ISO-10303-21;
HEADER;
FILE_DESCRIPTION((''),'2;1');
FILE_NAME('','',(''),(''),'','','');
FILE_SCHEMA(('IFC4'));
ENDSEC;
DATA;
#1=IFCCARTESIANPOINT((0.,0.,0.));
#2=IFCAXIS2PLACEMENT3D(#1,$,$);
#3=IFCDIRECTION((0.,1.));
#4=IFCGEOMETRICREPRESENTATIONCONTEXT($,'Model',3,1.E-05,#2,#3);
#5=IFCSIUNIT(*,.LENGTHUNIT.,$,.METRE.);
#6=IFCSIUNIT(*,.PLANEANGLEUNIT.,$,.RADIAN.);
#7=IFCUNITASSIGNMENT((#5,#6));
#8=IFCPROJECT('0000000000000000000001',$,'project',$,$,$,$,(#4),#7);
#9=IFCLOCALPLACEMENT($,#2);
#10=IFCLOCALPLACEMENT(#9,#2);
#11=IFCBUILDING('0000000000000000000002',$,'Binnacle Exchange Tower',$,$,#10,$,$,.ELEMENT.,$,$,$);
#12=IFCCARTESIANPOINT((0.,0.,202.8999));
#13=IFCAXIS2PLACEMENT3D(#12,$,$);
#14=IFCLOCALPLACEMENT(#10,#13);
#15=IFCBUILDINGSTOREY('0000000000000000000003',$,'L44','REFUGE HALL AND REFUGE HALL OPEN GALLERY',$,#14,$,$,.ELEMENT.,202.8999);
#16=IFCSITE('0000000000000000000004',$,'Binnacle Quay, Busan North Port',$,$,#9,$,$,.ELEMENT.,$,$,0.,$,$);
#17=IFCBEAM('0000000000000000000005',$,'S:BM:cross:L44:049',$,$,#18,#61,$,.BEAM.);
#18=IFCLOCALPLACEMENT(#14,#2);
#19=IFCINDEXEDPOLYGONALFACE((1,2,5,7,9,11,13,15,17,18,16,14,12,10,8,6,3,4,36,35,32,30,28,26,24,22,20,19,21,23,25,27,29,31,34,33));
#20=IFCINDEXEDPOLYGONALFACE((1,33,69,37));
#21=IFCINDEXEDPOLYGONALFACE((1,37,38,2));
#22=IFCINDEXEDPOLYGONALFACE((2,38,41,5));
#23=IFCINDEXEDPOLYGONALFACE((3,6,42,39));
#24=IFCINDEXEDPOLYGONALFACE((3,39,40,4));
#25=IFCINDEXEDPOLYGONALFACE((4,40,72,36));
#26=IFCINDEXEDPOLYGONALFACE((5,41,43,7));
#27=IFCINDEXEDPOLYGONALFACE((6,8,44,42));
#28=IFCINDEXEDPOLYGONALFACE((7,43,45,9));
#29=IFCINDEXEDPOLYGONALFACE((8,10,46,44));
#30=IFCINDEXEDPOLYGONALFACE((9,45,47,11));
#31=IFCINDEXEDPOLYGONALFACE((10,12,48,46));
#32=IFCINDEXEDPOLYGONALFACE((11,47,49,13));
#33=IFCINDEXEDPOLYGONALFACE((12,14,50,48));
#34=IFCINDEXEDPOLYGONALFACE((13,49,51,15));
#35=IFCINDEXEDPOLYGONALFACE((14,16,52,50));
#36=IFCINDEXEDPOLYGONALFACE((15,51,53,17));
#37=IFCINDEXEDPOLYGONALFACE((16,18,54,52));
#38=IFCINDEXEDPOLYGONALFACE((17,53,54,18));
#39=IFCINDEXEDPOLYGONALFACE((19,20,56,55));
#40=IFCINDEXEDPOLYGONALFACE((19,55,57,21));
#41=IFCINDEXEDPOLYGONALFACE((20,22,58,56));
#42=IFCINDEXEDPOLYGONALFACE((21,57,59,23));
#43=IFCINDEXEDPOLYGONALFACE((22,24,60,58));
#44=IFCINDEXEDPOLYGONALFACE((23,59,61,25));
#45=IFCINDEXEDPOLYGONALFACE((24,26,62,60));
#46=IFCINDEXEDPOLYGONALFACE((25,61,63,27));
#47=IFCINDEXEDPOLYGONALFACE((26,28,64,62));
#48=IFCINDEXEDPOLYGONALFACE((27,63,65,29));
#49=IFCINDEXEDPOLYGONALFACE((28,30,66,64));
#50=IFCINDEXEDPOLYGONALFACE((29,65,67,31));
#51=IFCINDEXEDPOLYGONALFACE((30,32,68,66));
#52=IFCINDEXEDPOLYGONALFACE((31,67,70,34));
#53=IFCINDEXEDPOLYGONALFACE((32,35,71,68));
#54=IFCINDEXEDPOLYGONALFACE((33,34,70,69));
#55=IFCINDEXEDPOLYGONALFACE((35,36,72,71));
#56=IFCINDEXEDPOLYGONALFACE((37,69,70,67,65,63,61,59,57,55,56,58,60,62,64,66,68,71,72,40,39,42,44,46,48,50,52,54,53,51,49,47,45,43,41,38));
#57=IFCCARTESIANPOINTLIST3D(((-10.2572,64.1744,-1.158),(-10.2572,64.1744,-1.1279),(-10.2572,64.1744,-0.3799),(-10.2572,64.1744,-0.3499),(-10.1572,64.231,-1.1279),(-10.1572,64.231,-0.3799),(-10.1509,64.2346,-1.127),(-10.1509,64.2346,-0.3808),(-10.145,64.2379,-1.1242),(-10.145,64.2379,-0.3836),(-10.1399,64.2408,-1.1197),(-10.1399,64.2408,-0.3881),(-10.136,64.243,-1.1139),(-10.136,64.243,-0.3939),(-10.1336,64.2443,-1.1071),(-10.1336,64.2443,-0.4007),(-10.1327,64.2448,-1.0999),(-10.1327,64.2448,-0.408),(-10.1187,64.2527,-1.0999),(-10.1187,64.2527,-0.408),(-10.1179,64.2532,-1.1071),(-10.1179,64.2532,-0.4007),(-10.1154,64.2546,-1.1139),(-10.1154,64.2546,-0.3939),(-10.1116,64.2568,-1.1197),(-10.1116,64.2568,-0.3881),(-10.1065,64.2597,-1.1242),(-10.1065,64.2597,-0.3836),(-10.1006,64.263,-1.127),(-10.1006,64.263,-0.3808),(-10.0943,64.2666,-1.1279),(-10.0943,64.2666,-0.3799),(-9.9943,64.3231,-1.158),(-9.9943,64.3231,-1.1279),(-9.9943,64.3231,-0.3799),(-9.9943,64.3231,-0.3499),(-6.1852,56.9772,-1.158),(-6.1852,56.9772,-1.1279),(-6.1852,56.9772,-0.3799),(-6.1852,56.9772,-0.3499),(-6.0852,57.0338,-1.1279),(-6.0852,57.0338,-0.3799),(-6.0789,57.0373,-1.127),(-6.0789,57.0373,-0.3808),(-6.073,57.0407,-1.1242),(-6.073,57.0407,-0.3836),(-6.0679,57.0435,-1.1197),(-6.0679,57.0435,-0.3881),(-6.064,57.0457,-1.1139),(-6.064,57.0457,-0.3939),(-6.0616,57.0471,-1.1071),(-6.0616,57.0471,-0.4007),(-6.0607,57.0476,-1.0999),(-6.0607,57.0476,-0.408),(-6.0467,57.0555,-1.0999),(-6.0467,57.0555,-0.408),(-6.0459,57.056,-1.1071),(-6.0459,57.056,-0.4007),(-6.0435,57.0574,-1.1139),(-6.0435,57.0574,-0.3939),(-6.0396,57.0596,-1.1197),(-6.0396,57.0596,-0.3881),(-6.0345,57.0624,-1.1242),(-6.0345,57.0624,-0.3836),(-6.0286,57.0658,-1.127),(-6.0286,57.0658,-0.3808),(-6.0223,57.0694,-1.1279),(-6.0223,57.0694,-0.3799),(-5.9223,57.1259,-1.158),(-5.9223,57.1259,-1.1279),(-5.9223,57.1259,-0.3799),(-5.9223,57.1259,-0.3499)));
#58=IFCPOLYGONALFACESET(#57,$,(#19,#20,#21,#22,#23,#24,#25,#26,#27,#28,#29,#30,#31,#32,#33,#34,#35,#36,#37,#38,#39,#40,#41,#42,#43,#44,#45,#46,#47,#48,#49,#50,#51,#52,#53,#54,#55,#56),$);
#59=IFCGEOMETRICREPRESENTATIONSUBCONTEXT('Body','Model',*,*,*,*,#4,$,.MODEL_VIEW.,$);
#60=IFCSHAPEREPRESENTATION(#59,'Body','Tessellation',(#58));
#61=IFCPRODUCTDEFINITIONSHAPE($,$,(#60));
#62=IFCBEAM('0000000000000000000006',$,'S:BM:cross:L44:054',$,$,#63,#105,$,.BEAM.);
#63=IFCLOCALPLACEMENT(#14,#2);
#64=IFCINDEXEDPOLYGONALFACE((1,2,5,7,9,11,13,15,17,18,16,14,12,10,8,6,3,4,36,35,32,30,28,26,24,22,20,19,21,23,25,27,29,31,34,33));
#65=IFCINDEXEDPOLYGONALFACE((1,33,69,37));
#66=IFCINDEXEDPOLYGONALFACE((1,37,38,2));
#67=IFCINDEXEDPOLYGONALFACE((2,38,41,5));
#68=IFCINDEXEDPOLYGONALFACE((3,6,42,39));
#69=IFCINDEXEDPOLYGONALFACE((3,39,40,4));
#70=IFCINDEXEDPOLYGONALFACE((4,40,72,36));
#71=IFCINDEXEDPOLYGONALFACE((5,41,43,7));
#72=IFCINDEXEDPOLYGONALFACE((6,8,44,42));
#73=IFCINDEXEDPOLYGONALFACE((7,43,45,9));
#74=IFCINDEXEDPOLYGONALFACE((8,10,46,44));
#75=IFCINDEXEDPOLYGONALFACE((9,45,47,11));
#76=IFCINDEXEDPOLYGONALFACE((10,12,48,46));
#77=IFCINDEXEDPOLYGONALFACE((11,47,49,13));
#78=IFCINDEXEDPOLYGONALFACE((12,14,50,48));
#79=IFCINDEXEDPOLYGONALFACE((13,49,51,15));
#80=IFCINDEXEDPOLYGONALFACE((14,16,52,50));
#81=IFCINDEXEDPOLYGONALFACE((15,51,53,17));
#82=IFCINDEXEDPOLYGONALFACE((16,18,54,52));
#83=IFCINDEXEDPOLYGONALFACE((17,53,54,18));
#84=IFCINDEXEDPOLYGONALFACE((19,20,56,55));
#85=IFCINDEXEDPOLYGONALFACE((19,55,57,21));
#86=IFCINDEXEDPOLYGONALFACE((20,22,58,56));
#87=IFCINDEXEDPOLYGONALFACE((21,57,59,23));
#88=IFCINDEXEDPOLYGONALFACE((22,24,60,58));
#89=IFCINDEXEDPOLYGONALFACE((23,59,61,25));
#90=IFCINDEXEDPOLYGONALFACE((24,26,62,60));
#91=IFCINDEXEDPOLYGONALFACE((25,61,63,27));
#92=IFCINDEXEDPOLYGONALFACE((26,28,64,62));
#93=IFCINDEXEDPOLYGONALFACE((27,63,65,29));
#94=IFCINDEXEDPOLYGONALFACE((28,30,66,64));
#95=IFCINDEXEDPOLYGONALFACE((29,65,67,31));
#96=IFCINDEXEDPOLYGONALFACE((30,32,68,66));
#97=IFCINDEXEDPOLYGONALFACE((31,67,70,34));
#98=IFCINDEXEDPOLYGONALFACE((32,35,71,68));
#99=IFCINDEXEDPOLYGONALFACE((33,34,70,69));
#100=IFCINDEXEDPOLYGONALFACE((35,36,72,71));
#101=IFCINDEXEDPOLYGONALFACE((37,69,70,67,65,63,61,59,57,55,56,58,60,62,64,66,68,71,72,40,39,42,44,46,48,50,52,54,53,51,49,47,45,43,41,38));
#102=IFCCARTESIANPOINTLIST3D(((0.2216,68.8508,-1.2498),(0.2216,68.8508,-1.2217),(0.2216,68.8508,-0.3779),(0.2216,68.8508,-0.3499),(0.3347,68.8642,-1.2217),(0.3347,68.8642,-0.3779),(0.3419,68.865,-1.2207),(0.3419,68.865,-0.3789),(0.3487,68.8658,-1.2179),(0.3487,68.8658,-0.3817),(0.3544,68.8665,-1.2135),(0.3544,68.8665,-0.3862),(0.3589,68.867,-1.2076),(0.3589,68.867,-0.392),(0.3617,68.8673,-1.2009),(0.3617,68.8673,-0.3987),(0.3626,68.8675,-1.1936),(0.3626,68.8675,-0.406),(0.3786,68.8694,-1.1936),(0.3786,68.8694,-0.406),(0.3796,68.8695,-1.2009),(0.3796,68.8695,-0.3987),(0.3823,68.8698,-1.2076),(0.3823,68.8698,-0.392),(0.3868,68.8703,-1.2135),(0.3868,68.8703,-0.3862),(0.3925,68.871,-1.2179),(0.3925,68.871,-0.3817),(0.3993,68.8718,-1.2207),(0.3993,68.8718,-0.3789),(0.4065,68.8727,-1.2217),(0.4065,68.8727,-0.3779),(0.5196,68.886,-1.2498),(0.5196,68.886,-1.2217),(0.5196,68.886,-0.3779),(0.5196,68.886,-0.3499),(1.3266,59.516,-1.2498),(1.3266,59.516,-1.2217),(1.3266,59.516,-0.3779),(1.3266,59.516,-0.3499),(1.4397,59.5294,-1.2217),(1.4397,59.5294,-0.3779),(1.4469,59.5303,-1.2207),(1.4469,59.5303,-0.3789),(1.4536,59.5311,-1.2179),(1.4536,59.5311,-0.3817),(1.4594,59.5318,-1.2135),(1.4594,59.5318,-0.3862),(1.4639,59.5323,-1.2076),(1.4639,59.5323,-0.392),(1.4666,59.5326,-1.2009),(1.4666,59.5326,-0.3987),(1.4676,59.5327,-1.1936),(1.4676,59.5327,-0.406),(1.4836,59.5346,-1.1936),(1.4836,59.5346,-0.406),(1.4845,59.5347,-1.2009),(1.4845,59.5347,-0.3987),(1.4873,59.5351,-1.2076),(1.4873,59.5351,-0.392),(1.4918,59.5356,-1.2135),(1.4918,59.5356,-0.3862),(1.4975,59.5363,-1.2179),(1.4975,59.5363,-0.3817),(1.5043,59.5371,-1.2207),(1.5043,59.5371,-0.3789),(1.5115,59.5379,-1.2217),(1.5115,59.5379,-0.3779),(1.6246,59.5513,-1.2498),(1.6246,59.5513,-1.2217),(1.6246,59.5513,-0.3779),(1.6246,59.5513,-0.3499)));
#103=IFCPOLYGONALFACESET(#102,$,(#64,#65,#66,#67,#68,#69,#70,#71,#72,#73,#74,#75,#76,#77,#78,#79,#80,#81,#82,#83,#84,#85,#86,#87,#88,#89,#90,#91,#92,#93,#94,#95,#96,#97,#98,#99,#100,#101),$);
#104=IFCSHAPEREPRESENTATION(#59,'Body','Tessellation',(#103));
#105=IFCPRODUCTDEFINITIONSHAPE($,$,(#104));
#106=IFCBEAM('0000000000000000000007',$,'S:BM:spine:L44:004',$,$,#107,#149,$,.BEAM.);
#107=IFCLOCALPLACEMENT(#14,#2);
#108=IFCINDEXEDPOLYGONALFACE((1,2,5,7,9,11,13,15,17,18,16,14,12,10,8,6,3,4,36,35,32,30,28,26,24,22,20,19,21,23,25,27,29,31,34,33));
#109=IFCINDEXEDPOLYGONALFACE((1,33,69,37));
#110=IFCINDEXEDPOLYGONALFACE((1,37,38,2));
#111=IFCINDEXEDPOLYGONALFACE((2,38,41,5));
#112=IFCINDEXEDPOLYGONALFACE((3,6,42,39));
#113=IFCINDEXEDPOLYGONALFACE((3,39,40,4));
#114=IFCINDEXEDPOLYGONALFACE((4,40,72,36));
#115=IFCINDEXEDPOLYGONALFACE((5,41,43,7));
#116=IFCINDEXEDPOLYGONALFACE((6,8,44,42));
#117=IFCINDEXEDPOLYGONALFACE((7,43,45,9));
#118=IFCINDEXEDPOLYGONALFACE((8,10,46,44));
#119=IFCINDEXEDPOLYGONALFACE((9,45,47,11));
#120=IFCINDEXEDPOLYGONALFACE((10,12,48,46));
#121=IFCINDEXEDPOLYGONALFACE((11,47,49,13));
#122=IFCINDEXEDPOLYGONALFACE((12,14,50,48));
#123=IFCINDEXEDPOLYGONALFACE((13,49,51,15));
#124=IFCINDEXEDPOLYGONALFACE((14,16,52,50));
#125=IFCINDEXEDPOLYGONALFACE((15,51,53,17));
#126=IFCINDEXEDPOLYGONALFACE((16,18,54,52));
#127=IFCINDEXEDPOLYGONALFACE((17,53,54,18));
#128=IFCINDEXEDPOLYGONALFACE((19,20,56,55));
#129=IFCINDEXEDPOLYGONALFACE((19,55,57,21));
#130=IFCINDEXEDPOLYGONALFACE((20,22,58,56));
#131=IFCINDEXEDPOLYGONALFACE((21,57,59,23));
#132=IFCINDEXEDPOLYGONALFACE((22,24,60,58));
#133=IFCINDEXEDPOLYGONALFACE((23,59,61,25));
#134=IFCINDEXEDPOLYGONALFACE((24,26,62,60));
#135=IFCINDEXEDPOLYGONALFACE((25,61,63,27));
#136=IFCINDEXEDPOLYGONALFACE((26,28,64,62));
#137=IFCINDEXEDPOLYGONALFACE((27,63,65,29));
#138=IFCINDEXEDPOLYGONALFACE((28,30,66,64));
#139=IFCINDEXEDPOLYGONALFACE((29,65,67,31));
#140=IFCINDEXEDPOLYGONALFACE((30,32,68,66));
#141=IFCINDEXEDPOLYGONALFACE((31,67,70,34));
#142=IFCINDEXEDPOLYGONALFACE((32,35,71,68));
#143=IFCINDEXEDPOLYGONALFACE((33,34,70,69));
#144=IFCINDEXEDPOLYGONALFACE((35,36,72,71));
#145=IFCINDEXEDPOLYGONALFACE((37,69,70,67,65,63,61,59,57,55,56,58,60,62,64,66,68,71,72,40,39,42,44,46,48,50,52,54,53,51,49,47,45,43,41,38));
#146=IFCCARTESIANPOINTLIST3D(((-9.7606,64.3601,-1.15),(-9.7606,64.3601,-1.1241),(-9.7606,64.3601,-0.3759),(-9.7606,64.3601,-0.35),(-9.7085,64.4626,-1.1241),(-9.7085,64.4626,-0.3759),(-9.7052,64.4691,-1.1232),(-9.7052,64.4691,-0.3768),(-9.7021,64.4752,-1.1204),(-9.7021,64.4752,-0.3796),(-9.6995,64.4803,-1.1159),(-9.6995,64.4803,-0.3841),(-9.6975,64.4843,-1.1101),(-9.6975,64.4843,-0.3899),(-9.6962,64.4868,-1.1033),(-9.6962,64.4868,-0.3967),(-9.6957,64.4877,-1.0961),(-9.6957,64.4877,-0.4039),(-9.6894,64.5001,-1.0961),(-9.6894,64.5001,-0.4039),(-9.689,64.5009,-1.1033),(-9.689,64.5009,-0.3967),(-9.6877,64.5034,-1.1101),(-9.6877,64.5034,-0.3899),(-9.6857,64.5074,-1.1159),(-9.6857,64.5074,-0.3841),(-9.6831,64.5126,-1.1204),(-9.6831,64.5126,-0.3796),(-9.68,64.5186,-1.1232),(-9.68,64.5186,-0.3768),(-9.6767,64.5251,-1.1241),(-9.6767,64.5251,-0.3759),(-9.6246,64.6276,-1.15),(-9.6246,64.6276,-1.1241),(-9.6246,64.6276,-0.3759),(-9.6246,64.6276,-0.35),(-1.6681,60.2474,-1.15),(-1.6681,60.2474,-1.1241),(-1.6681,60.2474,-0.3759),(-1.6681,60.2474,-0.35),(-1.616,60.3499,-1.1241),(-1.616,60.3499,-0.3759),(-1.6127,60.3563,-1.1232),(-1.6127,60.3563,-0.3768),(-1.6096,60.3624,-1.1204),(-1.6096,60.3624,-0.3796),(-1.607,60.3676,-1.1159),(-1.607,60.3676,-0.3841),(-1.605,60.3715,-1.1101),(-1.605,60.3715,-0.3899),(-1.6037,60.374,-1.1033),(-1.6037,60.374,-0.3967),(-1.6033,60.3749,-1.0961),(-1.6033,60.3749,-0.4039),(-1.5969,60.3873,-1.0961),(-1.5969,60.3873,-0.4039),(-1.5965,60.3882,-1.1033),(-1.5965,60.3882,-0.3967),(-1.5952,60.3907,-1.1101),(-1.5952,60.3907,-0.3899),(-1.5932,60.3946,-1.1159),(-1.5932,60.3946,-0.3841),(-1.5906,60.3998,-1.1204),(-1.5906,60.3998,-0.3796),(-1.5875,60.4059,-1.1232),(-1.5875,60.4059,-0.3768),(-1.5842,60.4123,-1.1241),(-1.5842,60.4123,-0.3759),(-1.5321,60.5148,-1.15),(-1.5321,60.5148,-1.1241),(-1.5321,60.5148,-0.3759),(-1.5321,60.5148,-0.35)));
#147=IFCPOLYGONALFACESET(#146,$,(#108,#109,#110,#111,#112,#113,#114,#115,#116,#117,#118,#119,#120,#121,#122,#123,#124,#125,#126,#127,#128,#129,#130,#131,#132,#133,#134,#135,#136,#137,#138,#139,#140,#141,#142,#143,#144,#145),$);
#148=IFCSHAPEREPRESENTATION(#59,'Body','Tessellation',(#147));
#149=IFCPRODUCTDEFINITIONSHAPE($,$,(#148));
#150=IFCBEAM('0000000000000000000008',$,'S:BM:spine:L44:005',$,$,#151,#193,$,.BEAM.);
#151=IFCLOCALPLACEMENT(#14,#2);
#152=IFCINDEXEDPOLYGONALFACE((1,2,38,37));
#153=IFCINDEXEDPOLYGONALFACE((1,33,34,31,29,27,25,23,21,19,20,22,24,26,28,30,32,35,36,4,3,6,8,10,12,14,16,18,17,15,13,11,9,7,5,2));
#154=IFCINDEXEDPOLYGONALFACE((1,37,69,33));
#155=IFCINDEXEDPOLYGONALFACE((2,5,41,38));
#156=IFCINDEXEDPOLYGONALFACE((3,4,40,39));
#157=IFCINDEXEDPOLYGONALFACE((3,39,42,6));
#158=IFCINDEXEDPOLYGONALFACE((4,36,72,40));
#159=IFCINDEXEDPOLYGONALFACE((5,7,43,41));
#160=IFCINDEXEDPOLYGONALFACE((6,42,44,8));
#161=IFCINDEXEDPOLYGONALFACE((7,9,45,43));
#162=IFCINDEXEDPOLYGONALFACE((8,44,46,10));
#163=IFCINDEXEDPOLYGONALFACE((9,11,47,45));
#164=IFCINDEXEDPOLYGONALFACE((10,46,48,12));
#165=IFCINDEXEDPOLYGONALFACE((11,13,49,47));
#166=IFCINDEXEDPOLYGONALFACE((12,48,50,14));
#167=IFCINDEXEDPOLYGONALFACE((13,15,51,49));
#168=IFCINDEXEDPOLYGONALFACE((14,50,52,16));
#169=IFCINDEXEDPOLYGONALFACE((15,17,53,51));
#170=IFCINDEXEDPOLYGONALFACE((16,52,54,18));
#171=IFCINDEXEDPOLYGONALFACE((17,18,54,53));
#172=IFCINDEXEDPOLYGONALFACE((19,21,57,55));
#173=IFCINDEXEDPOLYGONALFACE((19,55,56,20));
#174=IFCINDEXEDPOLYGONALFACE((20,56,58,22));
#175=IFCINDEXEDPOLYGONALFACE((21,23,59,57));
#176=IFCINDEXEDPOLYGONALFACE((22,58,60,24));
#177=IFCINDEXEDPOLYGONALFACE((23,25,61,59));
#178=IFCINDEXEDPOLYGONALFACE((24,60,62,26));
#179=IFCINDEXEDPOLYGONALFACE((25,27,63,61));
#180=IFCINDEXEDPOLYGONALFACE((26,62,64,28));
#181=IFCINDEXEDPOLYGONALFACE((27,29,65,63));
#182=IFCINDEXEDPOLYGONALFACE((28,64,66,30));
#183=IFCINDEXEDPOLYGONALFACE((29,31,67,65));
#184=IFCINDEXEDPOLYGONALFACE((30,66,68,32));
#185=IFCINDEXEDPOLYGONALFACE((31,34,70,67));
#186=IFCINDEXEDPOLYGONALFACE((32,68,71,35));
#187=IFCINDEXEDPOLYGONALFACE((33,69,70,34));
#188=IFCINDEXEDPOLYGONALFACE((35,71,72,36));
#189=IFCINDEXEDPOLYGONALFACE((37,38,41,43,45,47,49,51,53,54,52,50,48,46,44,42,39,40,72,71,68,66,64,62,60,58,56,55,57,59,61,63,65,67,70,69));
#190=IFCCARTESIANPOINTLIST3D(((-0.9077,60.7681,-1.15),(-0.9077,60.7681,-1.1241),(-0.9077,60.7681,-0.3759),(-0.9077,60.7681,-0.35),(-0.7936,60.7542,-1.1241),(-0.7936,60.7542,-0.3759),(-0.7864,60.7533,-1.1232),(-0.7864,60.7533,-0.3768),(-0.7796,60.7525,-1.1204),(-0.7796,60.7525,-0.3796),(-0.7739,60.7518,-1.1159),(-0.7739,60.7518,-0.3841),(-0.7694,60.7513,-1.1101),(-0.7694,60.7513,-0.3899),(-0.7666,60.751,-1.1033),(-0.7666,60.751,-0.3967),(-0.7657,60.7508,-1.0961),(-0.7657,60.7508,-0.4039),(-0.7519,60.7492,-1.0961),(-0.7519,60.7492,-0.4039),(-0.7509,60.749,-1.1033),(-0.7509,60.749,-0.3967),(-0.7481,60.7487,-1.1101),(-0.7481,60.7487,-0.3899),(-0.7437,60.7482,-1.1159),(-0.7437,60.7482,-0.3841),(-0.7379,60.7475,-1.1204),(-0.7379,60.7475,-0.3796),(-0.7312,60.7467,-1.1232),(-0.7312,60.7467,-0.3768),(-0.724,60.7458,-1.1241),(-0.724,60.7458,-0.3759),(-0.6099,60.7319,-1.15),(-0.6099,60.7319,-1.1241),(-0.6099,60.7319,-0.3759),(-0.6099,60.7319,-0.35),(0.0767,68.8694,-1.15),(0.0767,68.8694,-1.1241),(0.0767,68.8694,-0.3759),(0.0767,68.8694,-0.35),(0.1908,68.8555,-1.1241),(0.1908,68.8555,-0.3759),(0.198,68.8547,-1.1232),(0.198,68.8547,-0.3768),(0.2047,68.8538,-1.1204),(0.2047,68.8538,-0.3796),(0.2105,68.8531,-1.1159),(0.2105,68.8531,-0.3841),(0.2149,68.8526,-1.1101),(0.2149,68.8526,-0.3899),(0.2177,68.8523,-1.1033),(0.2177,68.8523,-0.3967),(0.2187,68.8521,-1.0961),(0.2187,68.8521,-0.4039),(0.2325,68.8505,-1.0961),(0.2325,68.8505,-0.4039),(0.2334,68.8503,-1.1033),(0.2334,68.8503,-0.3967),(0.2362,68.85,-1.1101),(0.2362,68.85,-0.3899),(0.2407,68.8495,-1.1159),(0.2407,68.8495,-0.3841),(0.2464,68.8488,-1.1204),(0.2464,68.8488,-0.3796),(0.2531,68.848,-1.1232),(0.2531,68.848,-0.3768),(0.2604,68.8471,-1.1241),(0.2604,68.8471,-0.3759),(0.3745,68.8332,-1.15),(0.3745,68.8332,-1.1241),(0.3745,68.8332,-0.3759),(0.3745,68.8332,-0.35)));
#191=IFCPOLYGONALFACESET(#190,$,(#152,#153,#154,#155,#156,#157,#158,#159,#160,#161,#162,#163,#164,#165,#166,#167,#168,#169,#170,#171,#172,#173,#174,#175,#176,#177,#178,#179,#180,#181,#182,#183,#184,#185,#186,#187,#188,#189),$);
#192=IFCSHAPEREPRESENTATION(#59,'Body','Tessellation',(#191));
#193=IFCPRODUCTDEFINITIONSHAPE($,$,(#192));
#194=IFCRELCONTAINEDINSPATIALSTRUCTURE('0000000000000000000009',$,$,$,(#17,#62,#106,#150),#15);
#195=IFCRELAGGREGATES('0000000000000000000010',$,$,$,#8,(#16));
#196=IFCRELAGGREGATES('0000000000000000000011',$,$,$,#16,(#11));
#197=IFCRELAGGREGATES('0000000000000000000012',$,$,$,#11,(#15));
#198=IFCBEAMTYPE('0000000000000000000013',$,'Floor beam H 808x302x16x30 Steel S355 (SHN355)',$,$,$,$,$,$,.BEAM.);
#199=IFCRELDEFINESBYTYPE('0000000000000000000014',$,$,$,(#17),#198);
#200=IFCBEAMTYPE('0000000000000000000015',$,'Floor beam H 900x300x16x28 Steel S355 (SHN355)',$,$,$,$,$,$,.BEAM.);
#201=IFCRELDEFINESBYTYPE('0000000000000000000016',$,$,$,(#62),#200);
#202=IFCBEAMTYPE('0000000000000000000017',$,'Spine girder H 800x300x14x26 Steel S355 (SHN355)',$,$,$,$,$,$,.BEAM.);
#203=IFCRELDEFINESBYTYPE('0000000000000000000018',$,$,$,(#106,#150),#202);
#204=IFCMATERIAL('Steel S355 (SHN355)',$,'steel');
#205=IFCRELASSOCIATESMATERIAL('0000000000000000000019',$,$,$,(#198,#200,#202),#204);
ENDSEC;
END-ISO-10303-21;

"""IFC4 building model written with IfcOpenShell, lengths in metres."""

from ifc_helpers import new_model, si_unit, direction, frame, origin, origin_2d, place, context, subcontext, project, spatial, i_section, extrude, material, material_profile, profile_set, type_object, element, save


model = new_model("IFC4")

# Units and contexts
model_context = context("Model", 3, precision=1e-05, world=origin(), true_north=direction((0.0, 1.0)))
body_context = subcontext(model_context, "Body", "Model", "MODEL_VIEW")
ifc_project = project(units=[si_unit("LENGTHUNIT", "METRE"), si_unit("PLANEANGLEUNIT", "RADIAN")], contexts=[model_context])

# Site, building, storey
site_placement = place(None, origin())
site = spatial("IfcSite", under=ifc_project, at=site_placement, Name="Binnacle Quay, Busan North Port", CompositionType="ELEMENT", RefElevation=0.0)
building_placement = place(site_placement, origin())
building = spatial("IfcBuilding", under=site, at=building_placement, Name="Binnacle Exchange Tower", CompositionType="ELEMENT")
storey_placement = place(building_placement, frame((0.0, 0.0, 202.8999)))
storey = spatial("IfcBuildingStorey", under=building, at=storey_placement, Name="L44", Description="REFUGE HALL AND REFUGE HALL OPEN GALLERY", CompositionType="ELEMENT", Elevation=202.8999)

# Beams
ifc_material_1 = material(Name="Steel S355 (SHN355)", Category="steel")
ifc_material_profile_1 = material_profile(ifc_material_1, i_section(OverallWidth=0.302, OverallDepth=0.8081, WebThickness=0.0161, FlangeThickness=0.03, FilletRadius=0.0281, at=origin_2d()), Name="H 808x302x16x30")
ifc_profile_set_1 = profile_set([ifc_material_profile_1], Name="Steel S355 (SHN355)")
beam_type_1 = type_object("IfcBeamType", Name="Floor beam H 808x302x16x30 Steel S355 (SHN355)", PredefinedType="BEAM", material=ifc_profile_set_1)
beam_1_placement = place(storey_placement, frame((-10.1257, 64.2488, -0.7539), z_axis=(0.492424, -0.870355, 0.0), x_axis=(0.870355, 0.492424, 0.0)))
element("IfcBeam", 1, at=beam_1_placement, inside=storey, type_object=beam_type_1, Name="S:BM:cross:L44:049", PredefinedType="BEAM", context=body_context, shape_type="SweptSolid", body=[
    extrude(i_section(OverallWidth=0.302, OverallDepth=0.8081, WebThickness=0.0161, FlangeThickness=0.03, FilletRadius=0.0281, at=origin_2d()), origin(), (0.0, 0.0, 1.0), 8.2693),
])
ifc_material_profile_2 = material_profile(ifc_material_1, i_section(OverallWidth=0.3, OverallDepth=0.8999, WebThickness=0.0161, FlangeThickness=0.0281, FilletRadius=0.0281, at=origin_2d()), Name="H 900x300x16x28")
ifc_profile_set_2 = profile_set([ifc_material_profile_2], Name="Steel S355 (SHN355)")
beam_type_2 = type_object("IfcBeamType", Name="Floor beam H 900x300x16x28 Steel S355 (SHN355)", PredefinedType="BEAM", material=ifc_profile_set_2)
beam_2_placement = place(storey_placement, frame((0.3706, 68.8684, -0.7998), z_axis=(0.117552, -0.993067, 0.0), x_axis=(0.993067, 0.117552, 0.0)))
element("IfcBeam", 2, at=beam_2_placement, inside=storey, type_object=beam_type_2, Name="S:BM:cross:L44:054", PredefinedType="BEAM", context=body_context, shape_type="SweptSolid", body=[
    extrude(i_section(OverallWidth=0.3, OverallDepth=0.8999, WebThickness=0.0161, FlangeThickness=0.0281, FilletRadius=0.0281, at=origin_2d()), origin(), (0.0, 0.0, 1.0), 9.3999),
])
ifc_material_profile_3 = material_profile(ifc_material_1, i_section(OverallWidth=0.3, OverallDepth=0.8, WebThickness=0.0139, FlangeThickness=0.0259, FilletRadius=0.0281, at=origin_2d()), Name="H 800x300x14x26")
ifc_profile_set_3 = profile_set([ifc_material_profile_3], Name="Steel S355 (SHN355)")
beam_type_3 = type_object("IfcBeamType", Name="Spine girder H 800x300x14x26 Steel S355 (SHN355)", PredefinedType="BEAM", material=ifc_profile_set_3)
beam_3_placement = place(storey_placement, frame((-1.6001, 60.3811, -0.75), z_axis=(-0.891476, 0.453067, 0.0), x_axis=(-0.453067, -0.891476, 0.0)))
element("IfcBeam", 3, at=beam_3_placement, inside=storey, type_object=beam_type_3, Name="S:BM:spine:L44:004", PredefinedType="BEAM", context=body_context, shape_type="SweptSolid", body=[
    extrude(i_section(OverallWidth=0.3, OverallDepth=0.8, WebThickness=0.0139, FlangeThickness=0.0259, FilletRadius=0.0281, at=origin_2d()), origin(), (0.0, 0.0, 1.0), 9.0776),
])
beam_4_placement = place(storey_placement, frame((-0.7588, 60.75, -0.75), z_axis=(0.120621, 0.992699, 0.0), x_axis=(-0.992699, 0.120621, 0.0)))
element("IfcBeam", 4, at=beam_4_placement, inside=storey, type_object=beam_type_3, Name="S:BM:spine:L44:005", PredefinedType="BEAM", context=body_context, shape_type="SweptSolid", body=[
    extrude(i_section(OverallWidth=0.3, OverallDepth=0.8, WebThickness=0.0139, FlangeThickness=0.0259, FilletRadius=0.0281, at=origin_2d()), origin(), (0.0, 0.0, 1.0), 8.1609),
])

save(model, "model.ifc")
